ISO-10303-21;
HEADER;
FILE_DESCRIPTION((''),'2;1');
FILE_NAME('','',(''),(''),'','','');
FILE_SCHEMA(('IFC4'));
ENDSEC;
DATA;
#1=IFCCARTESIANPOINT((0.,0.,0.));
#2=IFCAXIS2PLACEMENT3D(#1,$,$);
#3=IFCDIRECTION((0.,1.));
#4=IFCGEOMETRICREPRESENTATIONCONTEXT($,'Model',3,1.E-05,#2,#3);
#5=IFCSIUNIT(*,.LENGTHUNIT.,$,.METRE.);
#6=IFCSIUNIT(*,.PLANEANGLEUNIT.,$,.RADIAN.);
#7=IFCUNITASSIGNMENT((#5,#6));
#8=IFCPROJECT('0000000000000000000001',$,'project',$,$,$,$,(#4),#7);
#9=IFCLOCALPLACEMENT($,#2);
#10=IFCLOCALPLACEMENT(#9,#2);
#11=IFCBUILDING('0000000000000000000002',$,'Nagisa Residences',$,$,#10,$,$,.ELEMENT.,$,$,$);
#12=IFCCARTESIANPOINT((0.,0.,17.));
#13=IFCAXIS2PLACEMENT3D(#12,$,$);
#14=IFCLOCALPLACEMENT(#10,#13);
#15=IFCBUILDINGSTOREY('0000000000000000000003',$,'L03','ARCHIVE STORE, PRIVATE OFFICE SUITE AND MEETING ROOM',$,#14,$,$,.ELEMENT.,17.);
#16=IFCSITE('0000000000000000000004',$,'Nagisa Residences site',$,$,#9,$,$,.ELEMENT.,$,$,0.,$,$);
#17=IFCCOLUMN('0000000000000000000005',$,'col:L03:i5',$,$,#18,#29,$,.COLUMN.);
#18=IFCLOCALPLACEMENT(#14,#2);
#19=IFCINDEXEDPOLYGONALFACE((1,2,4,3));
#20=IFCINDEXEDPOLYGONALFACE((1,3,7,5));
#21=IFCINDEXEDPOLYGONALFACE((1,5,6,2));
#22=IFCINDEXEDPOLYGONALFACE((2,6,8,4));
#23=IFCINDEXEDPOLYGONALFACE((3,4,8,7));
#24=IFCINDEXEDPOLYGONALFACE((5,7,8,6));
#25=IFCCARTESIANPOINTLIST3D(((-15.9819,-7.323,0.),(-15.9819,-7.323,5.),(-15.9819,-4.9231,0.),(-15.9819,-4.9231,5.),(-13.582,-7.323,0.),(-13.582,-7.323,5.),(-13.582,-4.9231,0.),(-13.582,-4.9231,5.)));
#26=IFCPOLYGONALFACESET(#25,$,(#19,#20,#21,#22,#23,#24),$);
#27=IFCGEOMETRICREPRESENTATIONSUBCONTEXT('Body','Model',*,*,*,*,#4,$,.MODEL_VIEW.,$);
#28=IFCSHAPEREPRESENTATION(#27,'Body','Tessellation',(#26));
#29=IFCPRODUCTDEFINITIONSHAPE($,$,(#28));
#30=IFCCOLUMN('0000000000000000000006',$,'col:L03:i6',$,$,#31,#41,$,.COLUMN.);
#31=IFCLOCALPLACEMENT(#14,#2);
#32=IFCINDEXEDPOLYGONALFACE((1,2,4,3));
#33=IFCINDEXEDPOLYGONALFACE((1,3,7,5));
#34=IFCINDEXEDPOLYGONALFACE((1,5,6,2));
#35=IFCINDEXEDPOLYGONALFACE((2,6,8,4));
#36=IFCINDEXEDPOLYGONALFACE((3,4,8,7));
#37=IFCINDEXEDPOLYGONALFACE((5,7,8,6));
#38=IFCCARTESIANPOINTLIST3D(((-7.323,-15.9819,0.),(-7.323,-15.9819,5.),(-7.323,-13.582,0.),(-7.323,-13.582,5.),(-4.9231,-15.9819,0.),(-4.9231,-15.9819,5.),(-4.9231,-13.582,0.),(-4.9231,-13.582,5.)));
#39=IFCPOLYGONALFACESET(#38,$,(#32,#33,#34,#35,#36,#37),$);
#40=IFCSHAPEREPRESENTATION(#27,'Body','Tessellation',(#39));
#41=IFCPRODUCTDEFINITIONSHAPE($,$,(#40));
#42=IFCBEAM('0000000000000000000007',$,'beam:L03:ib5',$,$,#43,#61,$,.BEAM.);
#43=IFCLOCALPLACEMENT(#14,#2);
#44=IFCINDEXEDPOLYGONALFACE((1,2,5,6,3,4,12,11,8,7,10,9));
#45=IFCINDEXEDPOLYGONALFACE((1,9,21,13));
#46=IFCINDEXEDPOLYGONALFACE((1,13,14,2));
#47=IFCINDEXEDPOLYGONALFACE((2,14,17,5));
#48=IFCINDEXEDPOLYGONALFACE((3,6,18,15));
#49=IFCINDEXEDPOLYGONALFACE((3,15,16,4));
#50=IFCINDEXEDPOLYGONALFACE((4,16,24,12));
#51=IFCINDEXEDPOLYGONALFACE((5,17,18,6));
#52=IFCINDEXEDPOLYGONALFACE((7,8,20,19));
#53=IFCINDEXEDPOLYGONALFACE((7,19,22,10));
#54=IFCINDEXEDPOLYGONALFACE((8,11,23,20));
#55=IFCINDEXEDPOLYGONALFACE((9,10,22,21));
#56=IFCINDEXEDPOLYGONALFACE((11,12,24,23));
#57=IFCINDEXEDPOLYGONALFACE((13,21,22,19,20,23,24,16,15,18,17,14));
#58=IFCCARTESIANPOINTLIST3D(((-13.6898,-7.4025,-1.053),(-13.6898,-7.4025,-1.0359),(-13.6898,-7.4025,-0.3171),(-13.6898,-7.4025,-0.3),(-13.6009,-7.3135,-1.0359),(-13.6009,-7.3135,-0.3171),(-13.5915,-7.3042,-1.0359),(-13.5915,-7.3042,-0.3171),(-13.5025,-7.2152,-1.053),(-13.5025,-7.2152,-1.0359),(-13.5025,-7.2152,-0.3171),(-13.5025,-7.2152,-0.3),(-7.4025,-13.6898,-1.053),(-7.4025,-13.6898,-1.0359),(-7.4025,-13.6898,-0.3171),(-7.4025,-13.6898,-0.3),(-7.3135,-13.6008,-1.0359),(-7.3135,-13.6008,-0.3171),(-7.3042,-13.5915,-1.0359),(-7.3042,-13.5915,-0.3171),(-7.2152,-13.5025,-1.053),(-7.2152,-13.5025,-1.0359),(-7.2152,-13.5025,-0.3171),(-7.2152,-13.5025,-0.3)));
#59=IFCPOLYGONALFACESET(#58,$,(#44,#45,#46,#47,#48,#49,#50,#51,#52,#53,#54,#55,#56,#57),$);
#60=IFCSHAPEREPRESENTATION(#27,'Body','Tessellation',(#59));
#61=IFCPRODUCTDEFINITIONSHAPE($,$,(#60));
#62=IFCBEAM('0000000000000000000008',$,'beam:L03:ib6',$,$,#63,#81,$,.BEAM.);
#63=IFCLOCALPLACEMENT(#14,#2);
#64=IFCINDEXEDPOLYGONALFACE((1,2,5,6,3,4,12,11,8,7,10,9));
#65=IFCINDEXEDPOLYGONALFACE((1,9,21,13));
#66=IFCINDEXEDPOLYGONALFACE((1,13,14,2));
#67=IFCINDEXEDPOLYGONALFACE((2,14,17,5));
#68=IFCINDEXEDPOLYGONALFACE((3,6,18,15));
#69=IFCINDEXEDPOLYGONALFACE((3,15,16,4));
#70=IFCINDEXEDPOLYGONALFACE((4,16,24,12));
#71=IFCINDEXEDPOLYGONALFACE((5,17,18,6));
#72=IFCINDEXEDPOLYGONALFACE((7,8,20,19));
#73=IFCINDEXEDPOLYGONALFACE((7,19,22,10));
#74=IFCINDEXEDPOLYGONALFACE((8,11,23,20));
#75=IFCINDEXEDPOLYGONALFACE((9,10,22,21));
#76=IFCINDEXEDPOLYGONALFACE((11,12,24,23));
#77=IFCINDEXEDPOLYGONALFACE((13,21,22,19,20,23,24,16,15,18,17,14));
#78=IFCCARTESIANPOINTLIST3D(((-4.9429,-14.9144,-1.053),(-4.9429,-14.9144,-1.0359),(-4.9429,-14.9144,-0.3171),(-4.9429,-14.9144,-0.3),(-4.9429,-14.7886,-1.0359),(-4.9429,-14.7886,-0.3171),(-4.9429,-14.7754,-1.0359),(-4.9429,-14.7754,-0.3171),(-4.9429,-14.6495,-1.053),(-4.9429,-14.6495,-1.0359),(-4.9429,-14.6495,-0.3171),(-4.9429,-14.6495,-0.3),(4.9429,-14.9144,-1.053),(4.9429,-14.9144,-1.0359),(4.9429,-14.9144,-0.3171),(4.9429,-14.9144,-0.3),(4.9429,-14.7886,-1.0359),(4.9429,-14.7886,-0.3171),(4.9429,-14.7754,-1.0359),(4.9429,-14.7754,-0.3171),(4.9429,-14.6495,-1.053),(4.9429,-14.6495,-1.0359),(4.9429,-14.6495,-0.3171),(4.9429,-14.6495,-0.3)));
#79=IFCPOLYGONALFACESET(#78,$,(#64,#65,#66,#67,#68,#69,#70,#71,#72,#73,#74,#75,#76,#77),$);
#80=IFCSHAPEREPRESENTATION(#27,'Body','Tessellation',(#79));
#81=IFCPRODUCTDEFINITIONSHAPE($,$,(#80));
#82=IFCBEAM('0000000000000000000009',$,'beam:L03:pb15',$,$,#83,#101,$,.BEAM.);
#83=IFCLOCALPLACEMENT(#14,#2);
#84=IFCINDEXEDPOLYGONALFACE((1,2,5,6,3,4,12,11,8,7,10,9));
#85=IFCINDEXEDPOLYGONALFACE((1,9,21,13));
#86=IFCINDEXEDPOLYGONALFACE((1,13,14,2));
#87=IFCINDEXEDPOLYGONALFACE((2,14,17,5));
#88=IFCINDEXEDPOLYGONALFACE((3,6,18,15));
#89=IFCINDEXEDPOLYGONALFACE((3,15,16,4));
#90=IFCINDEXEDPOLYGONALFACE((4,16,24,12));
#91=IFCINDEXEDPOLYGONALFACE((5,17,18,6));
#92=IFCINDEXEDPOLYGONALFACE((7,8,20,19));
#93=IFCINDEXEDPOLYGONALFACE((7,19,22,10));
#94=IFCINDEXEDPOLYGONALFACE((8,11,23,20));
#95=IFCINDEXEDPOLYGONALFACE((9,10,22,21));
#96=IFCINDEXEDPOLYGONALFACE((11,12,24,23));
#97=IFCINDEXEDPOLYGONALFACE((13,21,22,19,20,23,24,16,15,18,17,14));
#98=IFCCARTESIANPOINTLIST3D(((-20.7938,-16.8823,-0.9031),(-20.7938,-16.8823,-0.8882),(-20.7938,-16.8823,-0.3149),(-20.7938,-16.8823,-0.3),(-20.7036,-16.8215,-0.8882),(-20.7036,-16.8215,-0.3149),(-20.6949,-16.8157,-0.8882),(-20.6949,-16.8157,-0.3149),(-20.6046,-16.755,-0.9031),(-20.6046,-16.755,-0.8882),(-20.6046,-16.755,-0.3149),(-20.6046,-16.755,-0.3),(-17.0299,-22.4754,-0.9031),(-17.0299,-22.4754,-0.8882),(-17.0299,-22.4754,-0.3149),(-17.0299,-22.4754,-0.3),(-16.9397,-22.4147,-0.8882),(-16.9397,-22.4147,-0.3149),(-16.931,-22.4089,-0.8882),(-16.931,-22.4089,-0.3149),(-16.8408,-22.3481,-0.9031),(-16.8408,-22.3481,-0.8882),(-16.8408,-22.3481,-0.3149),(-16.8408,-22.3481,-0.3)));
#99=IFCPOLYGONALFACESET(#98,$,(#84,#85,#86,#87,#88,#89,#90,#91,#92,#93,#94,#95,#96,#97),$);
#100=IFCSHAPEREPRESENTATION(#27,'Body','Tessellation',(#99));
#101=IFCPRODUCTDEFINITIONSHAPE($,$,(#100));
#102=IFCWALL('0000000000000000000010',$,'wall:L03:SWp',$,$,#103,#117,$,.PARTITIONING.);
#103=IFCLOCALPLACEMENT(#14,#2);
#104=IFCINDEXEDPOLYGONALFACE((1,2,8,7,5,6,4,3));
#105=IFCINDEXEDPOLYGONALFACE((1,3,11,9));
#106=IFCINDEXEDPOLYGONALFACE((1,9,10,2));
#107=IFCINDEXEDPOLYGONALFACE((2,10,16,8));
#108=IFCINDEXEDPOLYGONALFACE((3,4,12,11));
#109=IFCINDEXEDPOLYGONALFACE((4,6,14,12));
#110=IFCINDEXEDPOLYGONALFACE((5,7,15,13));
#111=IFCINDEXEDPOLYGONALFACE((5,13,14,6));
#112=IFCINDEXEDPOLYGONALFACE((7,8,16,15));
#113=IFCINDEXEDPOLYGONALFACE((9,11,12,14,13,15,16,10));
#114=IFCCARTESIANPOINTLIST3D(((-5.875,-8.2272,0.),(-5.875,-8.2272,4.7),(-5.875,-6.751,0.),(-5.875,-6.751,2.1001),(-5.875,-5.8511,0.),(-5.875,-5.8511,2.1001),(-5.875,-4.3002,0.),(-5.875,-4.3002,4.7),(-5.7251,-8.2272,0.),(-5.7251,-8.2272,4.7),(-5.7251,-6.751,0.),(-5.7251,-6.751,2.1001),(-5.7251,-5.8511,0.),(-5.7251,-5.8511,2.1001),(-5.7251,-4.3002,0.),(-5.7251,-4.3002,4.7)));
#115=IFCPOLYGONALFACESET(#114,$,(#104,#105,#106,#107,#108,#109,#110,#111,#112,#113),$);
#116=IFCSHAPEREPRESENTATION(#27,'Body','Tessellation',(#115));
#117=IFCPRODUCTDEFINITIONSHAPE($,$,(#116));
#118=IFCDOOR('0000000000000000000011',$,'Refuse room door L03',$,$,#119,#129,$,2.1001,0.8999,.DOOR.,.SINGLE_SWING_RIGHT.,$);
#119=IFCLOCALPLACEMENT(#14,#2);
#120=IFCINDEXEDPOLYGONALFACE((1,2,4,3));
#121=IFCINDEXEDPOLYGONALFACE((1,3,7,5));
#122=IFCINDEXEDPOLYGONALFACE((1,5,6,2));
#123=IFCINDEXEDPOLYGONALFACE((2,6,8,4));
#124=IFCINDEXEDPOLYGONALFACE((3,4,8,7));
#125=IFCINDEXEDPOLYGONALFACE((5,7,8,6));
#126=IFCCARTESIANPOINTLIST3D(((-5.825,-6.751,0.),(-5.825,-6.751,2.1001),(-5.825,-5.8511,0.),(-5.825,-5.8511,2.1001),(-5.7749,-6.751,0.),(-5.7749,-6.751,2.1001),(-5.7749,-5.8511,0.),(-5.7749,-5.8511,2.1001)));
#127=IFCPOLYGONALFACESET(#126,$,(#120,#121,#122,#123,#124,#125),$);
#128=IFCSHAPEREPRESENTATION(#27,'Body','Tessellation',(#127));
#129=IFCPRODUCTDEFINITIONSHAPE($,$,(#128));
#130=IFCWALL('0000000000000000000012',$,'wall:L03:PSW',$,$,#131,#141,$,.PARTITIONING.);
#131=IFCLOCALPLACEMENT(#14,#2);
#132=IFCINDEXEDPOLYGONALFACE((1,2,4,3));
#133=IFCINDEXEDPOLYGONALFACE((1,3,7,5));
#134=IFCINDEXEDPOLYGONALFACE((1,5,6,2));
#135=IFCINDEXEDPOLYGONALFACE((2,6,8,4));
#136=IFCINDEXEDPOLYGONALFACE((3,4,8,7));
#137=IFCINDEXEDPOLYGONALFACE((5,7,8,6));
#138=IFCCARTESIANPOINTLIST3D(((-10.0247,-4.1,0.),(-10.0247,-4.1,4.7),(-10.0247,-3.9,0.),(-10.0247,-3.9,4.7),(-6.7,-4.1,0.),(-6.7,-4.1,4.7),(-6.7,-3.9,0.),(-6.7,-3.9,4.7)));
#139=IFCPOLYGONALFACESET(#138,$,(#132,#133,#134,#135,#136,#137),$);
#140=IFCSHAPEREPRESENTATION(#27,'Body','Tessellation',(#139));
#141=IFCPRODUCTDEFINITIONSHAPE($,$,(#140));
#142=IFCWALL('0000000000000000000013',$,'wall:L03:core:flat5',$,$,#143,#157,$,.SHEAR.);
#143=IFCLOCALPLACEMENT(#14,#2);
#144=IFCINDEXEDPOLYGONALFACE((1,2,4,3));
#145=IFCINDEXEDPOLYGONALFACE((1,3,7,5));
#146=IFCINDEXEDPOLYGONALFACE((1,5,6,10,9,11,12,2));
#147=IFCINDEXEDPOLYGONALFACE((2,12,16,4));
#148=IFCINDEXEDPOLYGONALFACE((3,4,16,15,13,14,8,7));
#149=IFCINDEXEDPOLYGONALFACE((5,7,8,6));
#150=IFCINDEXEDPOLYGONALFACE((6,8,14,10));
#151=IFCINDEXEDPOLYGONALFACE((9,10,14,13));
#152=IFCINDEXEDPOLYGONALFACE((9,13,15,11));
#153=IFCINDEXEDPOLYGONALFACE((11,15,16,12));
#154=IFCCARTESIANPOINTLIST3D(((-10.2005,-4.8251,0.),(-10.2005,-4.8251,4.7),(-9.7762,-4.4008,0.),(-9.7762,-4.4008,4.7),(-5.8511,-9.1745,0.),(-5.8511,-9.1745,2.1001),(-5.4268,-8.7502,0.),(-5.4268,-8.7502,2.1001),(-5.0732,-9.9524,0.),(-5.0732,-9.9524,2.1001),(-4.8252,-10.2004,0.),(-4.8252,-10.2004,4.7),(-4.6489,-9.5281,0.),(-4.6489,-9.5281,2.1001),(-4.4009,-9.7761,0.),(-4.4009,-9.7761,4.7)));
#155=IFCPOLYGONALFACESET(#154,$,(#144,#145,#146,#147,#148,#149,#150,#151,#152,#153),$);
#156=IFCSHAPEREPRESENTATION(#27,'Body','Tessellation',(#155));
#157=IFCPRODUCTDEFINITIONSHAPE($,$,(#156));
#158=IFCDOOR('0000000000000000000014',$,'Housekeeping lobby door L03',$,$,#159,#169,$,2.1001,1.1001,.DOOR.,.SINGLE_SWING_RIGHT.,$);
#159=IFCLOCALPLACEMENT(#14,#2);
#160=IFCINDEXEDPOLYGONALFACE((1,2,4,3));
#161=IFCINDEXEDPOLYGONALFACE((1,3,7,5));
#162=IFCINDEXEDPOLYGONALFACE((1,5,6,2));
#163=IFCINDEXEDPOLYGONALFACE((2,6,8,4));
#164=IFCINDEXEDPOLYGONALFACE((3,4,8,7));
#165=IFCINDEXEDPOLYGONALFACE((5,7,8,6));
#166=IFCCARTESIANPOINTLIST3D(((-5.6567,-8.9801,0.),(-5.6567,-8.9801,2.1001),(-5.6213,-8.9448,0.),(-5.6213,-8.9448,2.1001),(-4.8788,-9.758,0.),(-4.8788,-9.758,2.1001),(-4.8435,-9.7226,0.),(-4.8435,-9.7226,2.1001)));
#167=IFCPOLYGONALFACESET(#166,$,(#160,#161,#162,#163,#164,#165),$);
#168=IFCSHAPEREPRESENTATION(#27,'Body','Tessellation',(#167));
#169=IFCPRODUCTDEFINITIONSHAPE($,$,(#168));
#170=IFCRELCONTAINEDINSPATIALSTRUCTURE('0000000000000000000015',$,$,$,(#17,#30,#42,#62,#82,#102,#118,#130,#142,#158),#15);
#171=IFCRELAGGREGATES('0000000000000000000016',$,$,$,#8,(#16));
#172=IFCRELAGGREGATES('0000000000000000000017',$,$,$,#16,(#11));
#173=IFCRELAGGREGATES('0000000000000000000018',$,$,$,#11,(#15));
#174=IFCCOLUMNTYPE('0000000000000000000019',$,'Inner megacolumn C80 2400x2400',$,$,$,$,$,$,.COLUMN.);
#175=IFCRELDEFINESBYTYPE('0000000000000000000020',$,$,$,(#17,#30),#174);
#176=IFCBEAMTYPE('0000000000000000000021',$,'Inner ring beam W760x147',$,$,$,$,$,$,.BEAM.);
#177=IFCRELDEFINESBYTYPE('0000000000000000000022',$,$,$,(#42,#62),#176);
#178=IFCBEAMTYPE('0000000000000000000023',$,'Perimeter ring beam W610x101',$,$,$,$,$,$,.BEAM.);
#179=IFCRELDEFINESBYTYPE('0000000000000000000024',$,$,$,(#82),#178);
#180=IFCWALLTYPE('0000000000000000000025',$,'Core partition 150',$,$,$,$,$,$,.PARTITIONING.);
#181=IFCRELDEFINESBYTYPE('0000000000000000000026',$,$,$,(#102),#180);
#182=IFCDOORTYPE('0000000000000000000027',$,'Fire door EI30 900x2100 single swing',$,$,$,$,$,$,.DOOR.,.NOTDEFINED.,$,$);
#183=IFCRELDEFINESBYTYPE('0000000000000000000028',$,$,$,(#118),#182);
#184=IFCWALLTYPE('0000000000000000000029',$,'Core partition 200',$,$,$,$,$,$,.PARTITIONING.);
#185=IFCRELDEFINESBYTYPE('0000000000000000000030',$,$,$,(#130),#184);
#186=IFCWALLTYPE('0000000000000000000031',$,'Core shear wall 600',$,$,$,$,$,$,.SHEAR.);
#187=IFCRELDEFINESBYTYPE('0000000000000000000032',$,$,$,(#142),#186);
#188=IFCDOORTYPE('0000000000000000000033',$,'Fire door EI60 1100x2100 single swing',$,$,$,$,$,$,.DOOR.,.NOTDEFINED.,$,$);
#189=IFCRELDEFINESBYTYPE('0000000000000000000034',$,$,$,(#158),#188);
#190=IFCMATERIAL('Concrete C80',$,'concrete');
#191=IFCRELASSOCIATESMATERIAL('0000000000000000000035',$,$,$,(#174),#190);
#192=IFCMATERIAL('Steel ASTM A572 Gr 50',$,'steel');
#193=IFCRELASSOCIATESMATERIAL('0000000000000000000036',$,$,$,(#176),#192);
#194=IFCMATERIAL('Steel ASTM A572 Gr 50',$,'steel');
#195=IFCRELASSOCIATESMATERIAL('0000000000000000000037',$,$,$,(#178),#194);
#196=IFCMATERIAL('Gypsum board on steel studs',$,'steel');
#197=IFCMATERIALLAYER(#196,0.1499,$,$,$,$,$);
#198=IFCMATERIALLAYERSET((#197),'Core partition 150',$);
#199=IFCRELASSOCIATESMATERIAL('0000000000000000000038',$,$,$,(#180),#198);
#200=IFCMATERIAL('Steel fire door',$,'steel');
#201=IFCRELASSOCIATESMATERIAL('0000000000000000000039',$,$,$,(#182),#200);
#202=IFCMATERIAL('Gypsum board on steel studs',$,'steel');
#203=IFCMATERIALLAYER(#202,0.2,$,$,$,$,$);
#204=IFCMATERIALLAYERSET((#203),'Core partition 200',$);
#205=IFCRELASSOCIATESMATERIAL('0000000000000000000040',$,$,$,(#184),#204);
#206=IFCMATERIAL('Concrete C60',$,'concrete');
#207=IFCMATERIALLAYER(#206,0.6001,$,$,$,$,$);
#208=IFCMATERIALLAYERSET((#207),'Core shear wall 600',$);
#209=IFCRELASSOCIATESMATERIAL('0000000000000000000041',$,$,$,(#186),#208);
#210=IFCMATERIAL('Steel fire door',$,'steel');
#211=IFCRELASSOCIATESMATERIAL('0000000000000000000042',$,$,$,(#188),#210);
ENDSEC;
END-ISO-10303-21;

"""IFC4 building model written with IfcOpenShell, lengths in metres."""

from ifc_helpers import new_model, si_unit, direction, frame, frame_2d, origin, origin_2d, place, context, subcontext, project, spatial, rectangle, i_section, extrude, material, layer, layer_set, material_profile, profile_set, type_object, element, fill, save


model = new_model("IFC4")

# Units and contexts
model_context = context("Model", 3, precision=1e-05, world=origin(), true_north=direction((0.0, 1.0)))
body_context = subcontext(model_context, "Body", "Model", "MODEL_VIEW")
ifc_project = project(units=[si_unit("LENGTHUNIT", "METRE"), si_unit("PLANEANGLEUNIT", "RADIAN")], contexts=[model_context])

# Site, building, storey
site_placement = place(None, origin())
site = spatial("IfcSite", under=ifc_project, at=site_placement, Name="Nagisa Residences site", CompositionType="ELEMENT", RefElevation=0.0)
building_placement = place(site_placement, origin())
building = spatial("IfcBuilding", under=site, at=building_placement, Name="Nagisa Residences", CompositionType="ELEMENT")
storey_placement = place(building_placement, frame((0.0, 0.0, 17.0)))
storey = spatial("IfcBuildingStorey", under=building, at=storey_placement, Name="L03", Description="ARCHIVE STORE, PRIVATE OFFICE SUITE AND MEETING ROOM", CompositionType="ELEMENT", Elevation=17.0)

# Columns
ifc_material_1 = material(Name="Concrete C80", Category="concrete")
ifc_material_profile_1 = material_profile(ifc_material_1, rectangle(XDim=2.3999, YDim=2.3999, at=origin_2d()), Name="C80 2400x2400")
ifc_profile_set_1 = profile_set([ifc_material_profile_1], Name="Concrete C80")
column_type = type_object("IfcColumnType", Name="Inner megacolumn C80 2400x2400", PredefinedType="COLUMN", material=ifc_profile_set_1)
for number, where, z_axis, x_axis, name in (
    (1, (-14.782, -6.123, 0.0), (0.0, 0.0, 1.0), (1.0, 0.0, 0.0), "col:L03:i5"),
    (2, (-6.123, -14.782, 0.0), (0.0, 0.0, 1.0), (1.0, 0.0, 0.0), "col:L03:i6"),
):
    element("IfcColumn", number, at=place(storey_placement, frame(where, z_axis=z_axis, x_axis=x_axis)), inside=storey, type_object=column_type, Name=name, PredefinedType="COLUMN", context=body_context, shape_type="SweptSolid", body=[
        extrude(rectangle(XDim=2.3999, YDim=2.3999, at=origin_2d()), origin(), (0.0, 0.0, 1.0), 5.0),
    ])

# Beams
ifc_material_2 = material(Name="Steel ASTM A572 Gr 50", Category="steel")
ifc_material_profile_2 = material_profile(ifc_material_2, i_section(OverallWidth=0.2649, OverallDepth=0.7529, WebThickness=0.0132, FlangeThickness=0.0171, at=origin_2d()), Name="W760x147")
ifc_profile_set_2 = profile_set([ifc_material_profile_2], Name="Steel ASTM A572 Gr 50")
beam_type_1 = type_object("IfcBeamType", Name="Inner ring beam W760x147", PredefinedType="BEAM", material=ifc_profile_set_2)
beam_1_placement = place(storey_placement, frame((-13.5962, -7.3088, -0.6765), z_axis=(0.707107, -0.707107, 0.0), x_axis=(0.707107, 0.707107, 0.0)))
element("IfcBeam", 3, at=beam_1_placement, inside=storey, type_object=beam_type_1, Name="beam:L03:ib5", PredefinedType="BEAM", context=body_context, shape_type="SweptSolid", body=[
    extrude(i_section(OverallWidth=0.2649, OverallDepth=0.7529, WebThickness=0.0132, FlangeThickness=0.0171, at=origin_2d()), origin(), (0.0, 0.0, 1.0), 8.8916),
])
beam_2_placement = place(storey_placement, frame((-4.9429, -14.782, -0.6765), z_axis=(1.0, 0.0, 0.0), x_axis=(0.0, 1.0, 0.0)))
element("IfcBeam", 4, at=beam_2_placement, inside=storey, type_object=beam_type_1, Name="beam:L03:ib6", PredefinedType="BEAM", context=body_context, shape_type="SweptSolid", body=[
    extrude(i_section(OverallWidth=0.2649, OverallDepth=0.7529, WebThickness=0.0132, FlangeThickness=0.0171, at=origin_2d()), origin(), (0.0, 0.0, 1.0), 9.8857),
])
ifc_material_3 = material(Name="Steel ASTM A572 Gr 50", Category="steel")
ifc_material_profile_3 = material_profile(ifc_material_3, i_section(OverallWidth=0.228, OverallDepth=0.603, WebThickness=0.0105, FlangeThickness=0.0149, at=origin_2d()), Name="W610x101")
ifc_profile_set_3 = profile_set([ifc_material_profile_3], Name="Steel ASTM A572 Gr 50")
beam_type_2 = type_object("IfcBeamType", Name="Perimeter ring beam W610x101", PredefinedType="BEAM", material=ifc_profile_set_3)
beam_3_placement = place(storey_placement, frame((-20.6992, -16.8186, -0.6016), z_axis=(0.558297, -0.829641, 0.0), x_axis=(0.829641, 0.558297, 0.0)))
element("IfcBeam", 5, at=beam_3_placement, inside=storey, type_object=beam_type_2, Name="beam:L03:pb15", PredefinedType="BEAM", context=body_context, shape_type="SweptSolid", body=[
    extrude(i_section(OverallWidth=0.228, OverallDepth=0.603, WebThickness=0.0105, FlangeThickness=0.0149, at=origin_2d()), origin(), (0.0, 0.0, 1.0), 6.7417),
])

# Wall, opening, door
ifc_material_4 = material(Name="Gypsum board on steel studs", Category="steel")
ifc_layer_1 = layer(ifc_material_4, 0.1499)
ifc_layer_set_1 = layer_set([ifc_layer_1], Name="Core partition 150")
wall_type_1 = type_object("IfcWallType", Name="Core partition 150", PredefinedType="PARTITIONING", material=ifc_layer_set_1)
wall_1_placement = place(storey_placement, frame((-5.8, -8.2271, 0.0), z_axis=(0.0, 0.0, 1.0), x_axis=(0.0, 1.0, 0.0)))
wall_1 = element("IfcWall", 6, at=wall_1_placement, inside=storey, type_object=wall_type_1, Name="wall:L03:SWp", PredefinedType="PARTITIONING", context=body_context, shape_type="SweptSolid", body=[
    extrude(rectangle(XDim=3.927, YDim=0.1499, at=frame_2d((1.9634, 0.0))), origin(), (0.0, 0.0, 1.0), 4.7),
])
opening_1_placement = place(wall_1_placement, frame((1.4761, 0.0, 0.0)))
opening_1 = element("IfcOpeningElement", 7, at=opening_1_placement, cuts=wall_1, PredefinedType="OPENING", context=body_context, shape_type="SweptSolid", body=[
    extrude(rectangle(XDim=0.8999, YDim=2.1001, at=frame_2d((0.45, 1.05))), frame((0.0, 0.085, 0.0), z_axis=(0.0, -1.0, 0.0), x_axis=(1.0, 0.0, 0.0)), (0.0, 0.0, 1.0), 0.1699),
])
ifc_material_5 = material(Name="Steel fire door", Category="steel")
door_type_1 = type_object("IfcDoorType", Name="Fire door EI30 900x2100 single swing", OperationType="NOTDEFINED", PredefinedType="DOOR", material=ifc_material_5)
door_1_placement = place(opening_1_placement, origin())
door_1 = element("IfcDoor", 8, at=door_1_placement, inside=storey, type_object=door_type_1, Name="Refuse room door L03", OperationType="SINGLE_SWING_RIGHT", OverallHeight=2.1001, OverallWidth=0.8999, PredefinedType="DOOR", context=body_context, shape_type="SweptSolid", body=[
    extrude(rectangle(XDim=0.8999, YDim=2.1001, at=frame_2d((0.45, 1.05))), frame((0.0, 0.0249, 0.0), z_axis=(0.0, -1.0, 0.0), x_axis=(1.0, 0.0, 0.0)), (0.0, 0.0, 1.0), 0.05),
])
fill(opening_1, door_1)

# Wall
ifc_material_6 = material(Name="Gypsum board on steel studs", Category="steel")
ifc_layer_2 = layer(ifc_material_6, 0.2)
ifc_layer_set_2 = layer_set([ifc_layer_2], Name="Core partition 200")
wall_type_2 = type_object("IfcWallType", Name="Core partition 200", PredefinedType="PARTITIONING", material=ifc_layer_set_2)
wall_2_placement = place(storey_placement, frame((-10.0247, -4.0, 0.0), z_axis=(0.0, 0.0, 1.0), x_axis=(1.0, 0.0, 0.0)))
element("IfcWall", 9, at=wall_2_placement, inside=storey, type_object=wall_type_2, Name="wall:L03:PSW", PredefinedType="PARTITIONING", context=body_context, shape_type="SweptSolid", body=[
    extrude(rectangle(XDim=3.3247, YDim=0.2, at=frame_2d((1.6624, 0.0))), origin(), (0.0, 0.0, 1.0), 4.7),
])

# Wall, opening, door
ifc_material_7 = material(Name="Concrete C60", Category="concrete")
ifc_layer_3 = layer(ifc_material_7, 0.6001)
ifc_layer_set_3 = layer_set([ifc_layer_3], Name="Core shear wall 600")
wall_type_3 = type_object("IfcWallType", Name="Core shear wall 600", PredefinedType="SHEAR", material=ifc_layer_set_3)
wall_3_placement = place(storey_placement, frame((-9.9883, -4.613, 0.0), z_axis=(0.0, 0.0, 1.0), x_axis=(0.707107, -0.707107, 0.0)))
wall_3 = element("IfcWall", 10, at=wall_3_placement, inside=storey, type_object=wall_type_3, Name="wall:L03:core:flat5", PredefinedType="SHEAR", context=body_context, shape_type="SweptSolid", body=[
    extrude(rectangle(XDim=7.6018, YDim=0.6001, at=frame_2d((3.8008, 0.0))), origin(), (0.0, 0.0, 1.0), 4.7),
])
opening_2_placement = place(wall_3_placement, frame((6.1509, 0.0, 0.0)))
opening_2 = element("IfcOpeningElement", 11, at=opening_2_placement, cuts=wall_3, PredefinedType="OPENING", context=body_context, shape_type="SweptSolid", body=[
    extrude(rectangle(XDim=1.1001, YDim=2.1001, at=frame_2d((0.55, 1.05))), frame((0.0, 0.3101, 0.0), z_axis=(0.0, -1.0, 0.0), x_axis=(1.0, 0.0, 0.0)), (0.0, 0.0, 1.0), 0.6201),
])
ifc_material_8 = material(Name="Steel fire door", Category="steel")
door_type_2 = type_object("IfcDoorType", Name="Fire door EI60 1100x2100 single swing", OperationType="NOTDEFINED", PredefinedType="DOOR", material=ifc_material_8)
door_2_placement = place(opening_2_placement, origin())
door_2 = element("IfcDoor", 12, at=door_2_placement, inside=storey, type_object=door_type_2, Name="Housekeeping lobby door L03", OperationType="SINGLE_SWING_RIGHT", OverallHeight=2.1001, OverallWidth=1.1001, PredefinedType="DOOR", context=body_context, shape_type="SweptSolid", body=[
    extrude(rectangle(XDim=1.1001, YDim=2.1001, at=frame_2d((0.55, 1.05))), frame((0.0, 0.0249, 0.0), z_axis=(0.0, -1.0, 0.0), x_axis=(1.0, 0.0, 0.0)), (0.0, 0.0, 1.0), 0.05),
])
fill(opening_2, door_2)

save(model, "model.ifc")
